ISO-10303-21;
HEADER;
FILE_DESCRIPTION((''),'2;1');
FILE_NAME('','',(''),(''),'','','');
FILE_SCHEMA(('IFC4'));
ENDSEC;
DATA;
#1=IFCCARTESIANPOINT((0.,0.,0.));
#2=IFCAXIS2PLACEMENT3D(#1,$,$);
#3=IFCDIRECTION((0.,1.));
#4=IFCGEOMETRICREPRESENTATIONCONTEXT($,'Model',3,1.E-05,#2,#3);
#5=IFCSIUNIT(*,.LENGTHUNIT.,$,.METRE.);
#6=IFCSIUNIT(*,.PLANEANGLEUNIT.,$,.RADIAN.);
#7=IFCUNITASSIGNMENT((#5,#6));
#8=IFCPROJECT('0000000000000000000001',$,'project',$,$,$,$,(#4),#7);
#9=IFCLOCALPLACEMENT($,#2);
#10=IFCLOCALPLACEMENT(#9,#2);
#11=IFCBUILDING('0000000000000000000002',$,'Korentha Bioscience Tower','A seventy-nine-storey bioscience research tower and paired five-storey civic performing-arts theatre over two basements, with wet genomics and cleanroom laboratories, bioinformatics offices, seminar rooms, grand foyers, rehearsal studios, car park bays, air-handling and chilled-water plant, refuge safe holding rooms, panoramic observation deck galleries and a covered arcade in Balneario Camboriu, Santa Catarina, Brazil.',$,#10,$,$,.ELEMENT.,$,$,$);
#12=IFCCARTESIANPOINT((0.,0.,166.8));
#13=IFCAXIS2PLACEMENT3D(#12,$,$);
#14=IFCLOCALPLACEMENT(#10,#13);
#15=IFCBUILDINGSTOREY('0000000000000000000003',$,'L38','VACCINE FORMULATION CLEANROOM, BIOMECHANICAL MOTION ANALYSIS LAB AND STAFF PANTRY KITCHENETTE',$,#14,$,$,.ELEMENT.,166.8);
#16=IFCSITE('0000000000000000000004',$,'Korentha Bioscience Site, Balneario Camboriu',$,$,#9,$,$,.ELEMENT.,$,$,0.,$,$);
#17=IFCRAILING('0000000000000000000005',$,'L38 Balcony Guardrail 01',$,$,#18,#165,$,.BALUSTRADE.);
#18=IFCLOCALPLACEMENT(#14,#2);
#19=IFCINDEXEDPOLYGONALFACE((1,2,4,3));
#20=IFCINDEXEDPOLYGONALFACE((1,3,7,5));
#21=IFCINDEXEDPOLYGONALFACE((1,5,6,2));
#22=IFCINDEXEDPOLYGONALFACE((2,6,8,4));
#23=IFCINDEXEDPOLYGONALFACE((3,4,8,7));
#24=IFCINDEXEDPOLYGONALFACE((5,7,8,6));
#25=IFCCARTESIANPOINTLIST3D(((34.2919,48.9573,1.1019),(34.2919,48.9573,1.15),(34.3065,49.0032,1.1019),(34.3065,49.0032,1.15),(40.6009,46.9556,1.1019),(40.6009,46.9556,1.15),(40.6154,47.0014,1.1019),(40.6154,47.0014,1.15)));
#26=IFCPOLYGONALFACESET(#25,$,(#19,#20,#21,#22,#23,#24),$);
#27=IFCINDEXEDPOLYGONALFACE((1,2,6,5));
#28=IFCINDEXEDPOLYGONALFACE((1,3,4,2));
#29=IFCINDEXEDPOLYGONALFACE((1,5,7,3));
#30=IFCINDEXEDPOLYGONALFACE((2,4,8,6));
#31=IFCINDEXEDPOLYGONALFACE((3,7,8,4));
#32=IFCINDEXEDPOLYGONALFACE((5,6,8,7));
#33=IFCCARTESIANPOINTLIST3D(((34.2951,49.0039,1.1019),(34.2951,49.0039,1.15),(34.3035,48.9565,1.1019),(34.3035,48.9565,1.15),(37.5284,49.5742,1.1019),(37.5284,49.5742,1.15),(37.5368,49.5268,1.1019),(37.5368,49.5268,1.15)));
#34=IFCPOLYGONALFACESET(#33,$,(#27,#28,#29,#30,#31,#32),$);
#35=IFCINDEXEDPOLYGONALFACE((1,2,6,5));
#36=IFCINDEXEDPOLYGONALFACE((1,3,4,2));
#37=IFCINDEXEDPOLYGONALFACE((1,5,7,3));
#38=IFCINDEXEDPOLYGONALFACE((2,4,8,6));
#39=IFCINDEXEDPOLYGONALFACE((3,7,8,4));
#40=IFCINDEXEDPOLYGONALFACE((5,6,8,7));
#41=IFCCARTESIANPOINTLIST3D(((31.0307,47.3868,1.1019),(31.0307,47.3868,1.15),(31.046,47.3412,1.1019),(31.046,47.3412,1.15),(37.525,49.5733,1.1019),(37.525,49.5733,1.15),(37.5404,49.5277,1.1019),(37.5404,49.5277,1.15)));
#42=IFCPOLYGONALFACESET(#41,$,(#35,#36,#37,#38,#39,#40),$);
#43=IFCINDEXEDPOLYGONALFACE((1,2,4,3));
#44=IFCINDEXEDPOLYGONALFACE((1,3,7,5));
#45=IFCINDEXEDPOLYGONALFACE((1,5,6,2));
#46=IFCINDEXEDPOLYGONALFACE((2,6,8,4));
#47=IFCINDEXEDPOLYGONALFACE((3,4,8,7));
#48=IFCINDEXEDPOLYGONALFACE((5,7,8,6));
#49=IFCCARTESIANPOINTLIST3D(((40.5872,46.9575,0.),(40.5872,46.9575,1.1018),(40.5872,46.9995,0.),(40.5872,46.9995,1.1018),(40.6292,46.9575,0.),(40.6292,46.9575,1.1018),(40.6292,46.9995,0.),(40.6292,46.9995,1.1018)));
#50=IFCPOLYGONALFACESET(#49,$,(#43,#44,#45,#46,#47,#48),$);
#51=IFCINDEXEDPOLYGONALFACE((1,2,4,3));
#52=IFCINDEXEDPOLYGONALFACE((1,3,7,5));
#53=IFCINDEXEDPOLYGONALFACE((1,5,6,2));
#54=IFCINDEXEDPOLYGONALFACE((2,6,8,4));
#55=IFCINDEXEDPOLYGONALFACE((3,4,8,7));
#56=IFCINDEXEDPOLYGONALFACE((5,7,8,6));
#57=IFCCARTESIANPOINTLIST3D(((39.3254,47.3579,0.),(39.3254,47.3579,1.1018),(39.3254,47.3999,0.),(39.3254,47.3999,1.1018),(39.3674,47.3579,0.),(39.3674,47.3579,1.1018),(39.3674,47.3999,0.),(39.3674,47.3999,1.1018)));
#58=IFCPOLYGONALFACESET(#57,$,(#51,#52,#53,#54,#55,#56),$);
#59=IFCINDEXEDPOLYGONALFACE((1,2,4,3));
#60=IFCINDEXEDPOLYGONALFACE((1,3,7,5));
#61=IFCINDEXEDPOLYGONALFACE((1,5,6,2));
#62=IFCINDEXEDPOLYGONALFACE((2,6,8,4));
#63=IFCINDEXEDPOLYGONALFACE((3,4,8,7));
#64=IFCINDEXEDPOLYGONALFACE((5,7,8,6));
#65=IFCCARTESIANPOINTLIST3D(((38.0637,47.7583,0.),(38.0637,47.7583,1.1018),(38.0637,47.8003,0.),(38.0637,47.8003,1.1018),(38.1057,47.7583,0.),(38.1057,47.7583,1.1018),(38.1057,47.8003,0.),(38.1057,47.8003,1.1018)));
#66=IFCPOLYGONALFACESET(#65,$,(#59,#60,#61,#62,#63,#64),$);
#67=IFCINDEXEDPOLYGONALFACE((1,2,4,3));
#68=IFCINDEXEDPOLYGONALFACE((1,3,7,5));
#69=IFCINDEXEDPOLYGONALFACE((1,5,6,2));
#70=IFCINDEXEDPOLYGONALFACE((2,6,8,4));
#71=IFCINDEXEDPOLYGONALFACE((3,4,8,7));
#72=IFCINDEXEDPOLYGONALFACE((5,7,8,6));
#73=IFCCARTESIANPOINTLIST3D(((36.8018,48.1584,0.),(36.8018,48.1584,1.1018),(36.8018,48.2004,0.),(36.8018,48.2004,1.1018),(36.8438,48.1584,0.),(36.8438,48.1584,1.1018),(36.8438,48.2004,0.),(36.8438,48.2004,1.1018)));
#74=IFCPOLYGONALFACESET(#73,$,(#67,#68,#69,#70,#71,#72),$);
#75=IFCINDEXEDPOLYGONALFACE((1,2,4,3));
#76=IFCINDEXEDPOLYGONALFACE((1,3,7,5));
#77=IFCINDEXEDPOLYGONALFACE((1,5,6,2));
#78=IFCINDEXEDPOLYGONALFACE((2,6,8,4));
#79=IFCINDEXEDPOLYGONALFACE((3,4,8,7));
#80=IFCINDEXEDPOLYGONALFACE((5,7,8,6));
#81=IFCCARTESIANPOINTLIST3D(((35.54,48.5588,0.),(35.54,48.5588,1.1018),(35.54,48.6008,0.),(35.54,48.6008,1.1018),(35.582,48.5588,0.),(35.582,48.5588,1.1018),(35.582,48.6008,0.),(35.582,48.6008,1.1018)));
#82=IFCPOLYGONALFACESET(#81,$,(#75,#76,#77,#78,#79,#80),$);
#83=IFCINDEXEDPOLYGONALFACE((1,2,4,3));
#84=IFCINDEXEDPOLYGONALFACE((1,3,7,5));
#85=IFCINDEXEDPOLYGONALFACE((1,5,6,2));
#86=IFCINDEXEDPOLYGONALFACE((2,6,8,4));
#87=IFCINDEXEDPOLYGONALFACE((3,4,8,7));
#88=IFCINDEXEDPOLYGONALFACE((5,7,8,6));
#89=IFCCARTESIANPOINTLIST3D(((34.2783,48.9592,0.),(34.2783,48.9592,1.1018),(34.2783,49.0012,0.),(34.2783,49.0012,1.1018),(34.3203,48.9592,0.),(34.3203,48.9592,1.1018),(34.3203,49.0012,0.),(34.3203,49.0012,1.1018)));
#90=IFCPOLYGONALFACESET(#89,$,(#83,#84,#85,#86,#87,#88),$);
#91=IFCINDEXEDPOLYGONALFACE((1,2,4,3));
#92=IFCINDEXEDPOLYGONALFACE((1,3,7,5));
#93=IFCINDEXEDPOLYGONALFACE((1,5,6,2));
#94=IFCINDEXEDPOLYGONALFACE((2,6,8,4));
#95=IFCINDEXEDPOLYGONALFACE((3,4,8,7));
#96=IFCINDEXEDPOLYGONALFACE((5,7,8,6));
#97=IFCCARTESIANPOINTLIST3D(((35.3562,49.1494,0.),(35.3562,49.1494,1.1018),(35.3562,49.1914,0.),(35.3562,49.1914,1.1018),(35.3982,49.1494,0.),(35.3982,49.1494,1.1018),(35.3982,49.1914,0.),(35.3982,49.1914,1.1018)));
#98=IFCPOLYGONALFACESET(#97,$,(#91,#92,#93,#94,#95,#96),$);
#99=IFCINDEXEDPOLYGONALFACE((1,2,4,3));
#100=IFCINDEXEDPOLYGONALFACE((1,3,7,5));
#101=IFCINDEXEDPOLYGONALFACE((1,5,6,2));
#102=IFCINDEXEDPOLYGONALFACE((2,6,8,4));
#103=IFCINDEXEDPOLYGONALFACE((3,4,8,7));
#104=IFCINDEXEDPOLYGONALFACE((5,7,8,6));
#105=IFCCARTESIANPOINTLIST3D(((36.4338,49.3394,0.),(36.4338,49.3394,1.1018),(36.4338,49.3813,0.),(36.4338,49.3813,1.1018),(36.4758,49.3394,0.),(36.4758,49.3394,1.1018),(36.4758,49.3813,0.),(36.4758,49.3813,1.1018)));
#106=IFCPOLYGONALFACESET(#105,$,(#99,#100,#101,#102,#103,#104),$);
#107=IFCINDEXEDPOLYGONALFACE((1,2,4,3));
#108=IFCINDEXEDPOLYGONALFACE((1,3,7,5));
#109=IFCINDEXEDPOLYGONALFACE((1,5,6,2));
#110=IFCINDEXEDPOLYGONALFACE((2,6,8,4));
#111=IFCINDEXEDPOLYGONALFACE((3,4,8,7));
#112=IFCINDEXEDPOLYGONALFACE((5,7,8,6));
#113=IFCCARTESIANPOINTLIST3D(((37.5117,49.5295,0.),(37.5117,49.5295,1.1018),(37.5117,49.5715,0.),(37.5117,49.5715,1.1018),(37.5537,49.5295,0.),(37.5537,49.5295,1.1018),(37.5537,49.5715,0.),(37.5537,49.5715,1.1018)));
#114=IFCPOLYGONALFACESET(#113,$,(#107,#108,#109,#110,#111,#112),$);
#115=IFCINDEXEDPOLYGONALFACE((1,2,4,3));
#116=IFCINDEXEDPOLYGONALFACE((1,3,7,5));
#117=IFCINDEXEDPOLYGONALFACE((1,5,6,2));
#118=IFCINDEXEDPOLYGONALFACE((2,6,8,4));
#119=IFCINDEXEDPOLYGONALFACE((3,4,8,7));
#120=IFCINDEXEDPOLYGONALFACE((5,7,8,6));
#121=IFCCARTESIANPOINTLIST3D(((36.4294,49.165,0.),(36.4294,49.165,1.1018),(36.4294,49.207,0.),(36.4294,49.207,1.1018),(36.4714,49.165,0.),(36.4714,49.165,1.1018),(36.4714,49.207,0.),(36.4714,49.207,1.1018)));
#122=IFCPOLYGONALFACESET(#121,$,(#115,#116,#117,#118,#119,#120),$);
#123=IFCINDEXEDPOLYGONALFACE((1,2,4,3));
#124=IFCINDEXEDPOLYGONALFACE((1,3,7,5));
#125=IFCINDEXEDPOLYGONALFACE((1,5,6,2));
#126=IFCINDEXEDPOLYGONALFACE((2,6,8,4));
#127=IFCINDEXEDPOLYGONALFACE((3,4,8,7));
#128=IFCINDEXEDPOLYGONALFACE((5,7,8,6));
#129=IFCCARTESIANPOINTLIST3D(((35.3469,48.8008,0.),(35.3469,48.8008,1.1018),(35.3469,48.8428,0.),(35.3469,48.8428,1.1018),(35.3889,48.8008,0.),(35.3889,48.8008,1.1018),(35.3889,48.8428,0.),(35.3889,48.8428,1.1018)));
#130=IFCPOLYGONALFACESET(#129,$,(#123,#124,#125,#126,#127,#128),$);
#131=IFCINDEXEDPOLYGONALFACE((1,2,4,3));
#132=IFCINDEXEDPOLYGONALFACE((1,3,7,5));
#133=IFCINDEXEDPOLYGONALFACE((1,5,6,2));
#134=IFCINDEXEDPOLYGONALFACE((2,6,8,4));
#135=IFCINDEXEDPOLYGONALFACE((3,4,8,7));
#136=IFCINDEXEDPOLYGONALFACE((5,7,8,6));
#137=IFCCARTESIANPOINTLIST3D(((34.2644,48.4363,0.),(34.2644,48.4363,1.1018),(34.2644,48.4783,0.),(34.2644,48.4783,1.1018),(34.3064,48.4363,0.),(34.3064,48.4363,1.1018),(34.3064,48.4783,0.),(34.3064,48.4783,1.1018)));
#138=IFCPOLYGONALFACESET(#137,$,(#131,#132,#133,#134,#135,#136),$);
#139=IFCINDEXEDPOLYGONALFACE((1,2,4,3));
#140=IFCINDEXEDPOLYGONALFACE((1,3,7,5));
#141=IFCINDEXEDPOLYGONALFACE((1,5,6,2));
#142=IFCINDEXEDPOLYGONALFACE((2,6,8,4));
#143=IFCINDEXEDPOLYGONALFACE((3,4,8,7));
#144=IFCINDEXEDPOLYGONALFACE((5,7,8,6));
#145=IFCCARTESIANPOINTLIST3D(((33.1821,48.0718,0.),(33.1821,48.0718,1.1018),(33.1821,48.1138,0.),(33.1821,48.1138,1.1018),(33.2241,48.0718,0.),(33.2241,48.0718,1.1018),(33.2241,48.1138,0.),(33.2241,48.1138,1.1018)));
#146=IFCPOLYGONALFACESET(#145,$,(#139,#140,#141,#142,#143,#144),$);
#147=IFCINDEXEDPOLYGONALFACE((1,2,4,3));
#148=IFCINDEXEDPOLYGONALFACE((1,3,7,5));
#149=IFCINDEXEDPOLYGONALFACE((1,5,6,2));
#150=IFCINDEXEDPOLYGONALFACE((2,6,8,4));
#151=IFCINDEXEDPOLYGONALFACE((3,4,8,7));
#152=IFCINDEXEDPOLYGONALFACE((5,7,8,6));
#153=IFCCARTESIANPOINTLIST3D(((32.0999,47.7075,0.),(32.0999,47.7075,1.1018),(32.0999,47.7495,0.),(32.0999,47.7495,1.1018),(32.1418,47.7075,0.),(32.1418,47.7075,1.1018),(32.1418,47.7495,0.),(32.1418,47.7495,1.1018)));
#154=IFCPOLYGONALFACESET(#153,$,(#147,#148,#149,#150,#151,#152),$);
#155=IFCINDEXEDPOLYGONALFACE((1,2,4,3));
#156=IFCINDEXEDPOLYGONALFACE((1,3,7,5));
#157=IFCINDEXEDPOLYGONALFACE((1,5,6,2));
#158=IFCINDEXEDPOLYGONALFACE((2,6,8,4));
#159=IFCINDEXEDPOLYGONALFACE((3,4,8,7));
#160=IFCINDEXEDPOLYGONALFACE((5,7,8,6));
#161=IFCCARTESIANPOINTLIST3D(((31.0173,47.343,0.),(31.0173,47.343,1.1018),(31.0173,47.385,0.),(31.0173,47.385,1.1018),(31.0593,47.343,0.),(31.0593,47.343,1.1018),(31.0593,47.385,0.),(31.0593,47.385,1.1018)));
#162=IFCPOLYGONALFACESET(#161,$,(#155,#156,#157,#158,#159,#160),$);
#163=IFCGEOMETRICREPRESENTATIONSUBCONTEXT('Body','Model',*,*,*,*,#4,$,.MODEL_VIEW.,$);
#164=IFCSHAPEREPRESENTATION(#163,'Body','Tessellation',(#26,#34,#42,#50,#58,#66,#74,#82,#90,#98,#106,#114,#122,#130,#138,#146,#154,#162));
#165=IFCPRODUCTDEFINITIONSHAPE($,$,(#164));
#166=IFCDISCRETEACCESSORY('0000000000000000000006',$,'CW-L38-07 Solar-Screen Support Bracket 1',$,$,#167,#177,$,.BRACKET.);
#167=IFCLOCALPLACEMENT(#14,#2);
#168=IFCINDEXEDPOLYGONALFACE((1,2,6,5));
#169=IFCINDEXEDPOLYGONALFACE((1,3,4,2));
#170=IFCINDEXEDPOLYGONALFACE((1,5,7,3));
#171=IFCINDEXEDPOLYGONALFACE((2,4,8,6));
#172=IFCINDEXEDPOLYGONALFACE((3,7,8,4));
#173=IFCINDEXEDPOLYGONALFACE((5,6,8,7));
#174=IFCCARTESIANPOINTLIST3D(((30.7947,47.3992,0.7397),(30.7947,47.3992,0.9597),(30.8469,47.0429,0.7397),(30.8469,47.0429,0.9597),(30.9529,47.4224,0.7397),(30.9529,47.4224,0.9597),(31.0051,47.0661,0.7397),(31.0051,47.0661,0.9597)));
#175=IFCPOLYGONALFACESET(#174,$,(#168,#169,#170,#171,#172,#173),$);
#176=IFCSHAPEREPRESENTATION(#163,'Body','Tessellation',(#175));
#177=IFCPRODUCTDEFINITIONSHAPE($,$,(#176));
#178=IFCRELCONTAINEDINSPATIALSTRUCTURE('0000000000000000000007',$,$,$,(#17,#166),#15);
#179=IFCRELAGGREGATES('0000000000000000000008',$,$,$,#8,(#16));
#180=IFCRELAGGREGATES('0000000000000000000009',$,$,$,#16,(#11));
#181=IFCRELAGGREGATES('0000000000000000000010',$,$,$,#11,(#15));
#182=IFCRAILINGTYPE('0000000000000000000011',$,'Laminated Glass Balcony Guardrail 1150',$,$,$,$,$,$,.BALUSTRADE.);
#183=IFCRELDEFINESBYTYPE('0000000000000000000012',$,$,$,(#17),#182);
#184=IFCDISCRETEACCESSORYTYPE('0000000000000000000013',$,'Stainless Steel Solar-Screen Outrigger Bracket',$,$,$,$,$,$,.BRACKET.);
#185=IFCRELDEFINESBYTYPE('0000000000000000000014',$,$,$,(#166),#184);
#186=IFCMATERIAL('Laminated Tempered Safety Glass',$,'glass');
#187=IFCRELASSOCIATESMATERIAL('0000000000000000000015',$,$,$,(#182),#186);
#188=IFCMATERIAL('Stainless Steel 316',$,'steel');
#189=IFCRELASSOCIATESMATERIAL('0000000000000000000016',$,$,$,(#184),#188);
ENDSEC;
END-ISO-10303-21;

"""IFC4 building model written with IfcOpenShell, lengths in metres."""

from ifc_helpers import new_model, si_unit, direction, frame, origin, origin_2d, place, context, subcontext, project, spatial, rectangle, extrude, material, type_object, element, save


model = new_model("IFC4")

# Units and contexts
model_context = context("Model", 3, precision=1e-05, world=origin(), true_north=direction((0.0, 1.0)))
body_context = subcontext(model_context, "Body", "Model", "MODEL_VIEW")
ifc_project = project(units=[si_unit("LENGTHUNIT", "METRE"), si_unit("PLANEANGLEUNIT", "RADIAN")], contexts=[model_context])

# Site, building, storey
site_placement = place(None, origin())
site = spatial("IfcSite", under=ifc_project, at=site_placement, Name="Korentha Bioscience Site, Balneario Camboriu", CompositionType="ELEMENT", RefElevation=0.0)
building_placement = place(site_placement, origin())
building = spatial("IfcBuilding", under=site, at=building_placement, Name="Korentha Bioscience Tower", Description="A seventy-nine-storey bioscience research tower and paired five-storey civic performing-arts theatre over two basements, with wet genomics and cleanroom laboratories, bioinformatics offices, seminar rooms, grand foyers, rehearsal studios, car park bays, air-handling and chilled-water plant, refuge safe holding rooms, panoramic observation deck galleries and a covered arcade in Balneario Camboriu, Santa Catarina, Brazil.", CompositionType="ELEMENT")
storey_placement = place(building_placement, frame((0.0, 0.0, 166.8)))
storey = spatial("IfcBuildingStorey", under=building, at=storey_placement, Name="L38", Description="VACCINE FORMULATION CLEANROOM, BIOMECHANICAL MOTION ANALYSIS LAB AND STAFF PANTRY KITCHENETTE", CompositionType="ELEMENT", Elevation=166.8)

# Railing
ifc_material_1 = material(Name="Laminated Tempered Safety Glass", Category="glass")
railing_type = type_object("IfcRailingType", Name="Laminated Glass Balcony Guardrail 1150", PredefinedType="BALUSTRADE", material=ifc_material_1)
railing_placement = place(storey_placement, frame((40.6082, 46.9785, 0.0)))
element("IfcRailing", 1, at=railing_placement, inside=storey, type_object=railing_type, Name="L38 Balcony Guardrail 01", PredefinedType="BALUSTRADE", context=body_context, shape_type="SweptSolid", body=[
    extrude(rectangle(XDim=0.0481, YDim=0.0481, at=origin_2d()), frame((0.0, 0.0, 1.126), z_axis=(-0.953172, 0.302429, 0.0), x_axis=(-0.302429, -0.953172, 0.0)), (0.0, 0.0, 1.0), 6.6189),
    extrude(rectangle(XDim=0.0481, YDim=0.0481, at=origin_2d()), frame((-6.3088, 2.0017, 1.126), z_axis=(0.984799, 0.1737, 0.0), x_axis=(-0.1737, 0.984799, 0.0)), (0.0, 0.0, 1.0), 3.2832),
    extrude(rectangle(XDim=0.0481, YDim=0.0481, at=origin_2d()), frame((-3.0754, 2.572, 1.126), z_axis=(-0.947728, -0.31908, 0.0), x_axis=(0.31908, -0.947728, 0.0)), (0.0, 0.0, 1.0), 6.8525),
    extrude(rectangle(XDim=0.042, YDim=0.042, at=origin_2d()), origin(), (0.0, 0.0, 1.0), 1.1018),
    extrude(rectangle(XDim=0.042, YDim=0.042, at=origin_2d()), frame((-1.2617, 0.4004, 0.0)), (0.0, 0.0, 1.0), 1.1018),
    extrude(rectangle(XDim=0.042, YDim=0.042, at=origin_2d()), frame((-2.5234, 0.8008, 0.0)), (0.0, 0.0, 1.0), 1.1018),
    extrude(rectangle(XDim=0.042, YDim=0.042, at=origin_2d()), frame((-3.7854, 1.2009, 0.0)), (0.0, 0.0, 1.0), 1.1018),
    extrude(rectangle(XDim=0.042, YDim=0.042, at=origin_2d()), frame((-5.0471, 1.6013, 0.0)), (0.0, 0.0, 1.0), 1.1018),
    extrude(rectangle(XDim=0.042, YDim=0.042, at=origin_2d()), frame((-6.3088, 2.0017, 0.0)), (0.0, 0.0, 1.0), 1.1018),
    extrude(rectangle(XDim=0.042, YDim=0.042, at=origin_2d()), frame((-5.231, 2.1919, 0.0)), (0.0, 0.0, 1.0), 1.1018),
    extrude(rectangle(XDim=0.042, YDim=0.042, at=origin_2d()), frame((-4.1533, 2.3818, 0.0)), (0.0, 0.0, 1.0), 1.1018),
    extrude(rectangle(XDim=0.042, YDim=0.042, at=origin_2d()), frame((-3.0754, 2.572, 0.0)), (0.0, 0.0, 1.0), 1.1018),
    extrude(rectangle(XDim=0.042, YDim=0.042, at=origin_2d()), frame((-4.1577, 2.2075, 0.0)), (0.0, 0.0, 1.0), 1.1018),
    extrude(rectangle(XDim=0.042, YDim=0.042, at=origin_2d()), frame((-5.2402, 1.8433, 0.0)), (0.0, 0.0, 1.0), 1.1018),
    extrude(rectangle(XDim=0.042, YDim=0.042, at=origin_2d()), frame((-6.3228, 1.4788, 0.0)), (0.0, 0.0, 1.0), 1.1018),
    extrude(rectangle(XDim=0.042, YDim=0.042, at=origin_2d()), frame((-7.405, 1.1143, 0.0)), (0.0, 0.0, 1.0), 1.1018),
    extrude(rectangle(XDim=0.042, YDim=0.042, at=origin_2d()), frame((-8.4873, 0.75, 0.0)), (0.0, 0.0, 1.0), 1.1018),
    extrude(rectangle(XDim=0.042, YDim=0.042, at=origin_2d()), frame((-9.5698, 0.3855, 0.0)), (0.0, 0.0, 1.0), 1.1018),
])

# Discrete accessory
ifc_material_2 = material(Name="Stainless Steel 316", Category="steel")
discrete_accessory_type = type_object("IfcDiscreteAccessoryType", Name="Stainless Steel Solar-Screen Outrigger Bracket", PredefinedType="BRACKET", material=ifc_material_2)
discrete_accessory_placement = place(storey_placement, frame((30.8999, 47.2327, 0.7397), z_axis=(0.0, 0.0, 1.0), x_axis=(-0.989462, -0.144793, 0.0)))
element("IfcDiscreteAccessory", 2, at=discrete_accessory_placement, inside=storey, type_object=discrete_accessory_type, Name="CW-L38-07 Solar-Screen Support Bracket 1", PredefinedType="BRACKET", context=body_context, shape_type="SweptSolid", body=[
    extrude(rectangle(XDim=0.1599, YDim=0.3601, at=origin_2d()), origin(), (0.0, 0.0, 1.0), 0.22),
])

save(model, "model.ifc")
